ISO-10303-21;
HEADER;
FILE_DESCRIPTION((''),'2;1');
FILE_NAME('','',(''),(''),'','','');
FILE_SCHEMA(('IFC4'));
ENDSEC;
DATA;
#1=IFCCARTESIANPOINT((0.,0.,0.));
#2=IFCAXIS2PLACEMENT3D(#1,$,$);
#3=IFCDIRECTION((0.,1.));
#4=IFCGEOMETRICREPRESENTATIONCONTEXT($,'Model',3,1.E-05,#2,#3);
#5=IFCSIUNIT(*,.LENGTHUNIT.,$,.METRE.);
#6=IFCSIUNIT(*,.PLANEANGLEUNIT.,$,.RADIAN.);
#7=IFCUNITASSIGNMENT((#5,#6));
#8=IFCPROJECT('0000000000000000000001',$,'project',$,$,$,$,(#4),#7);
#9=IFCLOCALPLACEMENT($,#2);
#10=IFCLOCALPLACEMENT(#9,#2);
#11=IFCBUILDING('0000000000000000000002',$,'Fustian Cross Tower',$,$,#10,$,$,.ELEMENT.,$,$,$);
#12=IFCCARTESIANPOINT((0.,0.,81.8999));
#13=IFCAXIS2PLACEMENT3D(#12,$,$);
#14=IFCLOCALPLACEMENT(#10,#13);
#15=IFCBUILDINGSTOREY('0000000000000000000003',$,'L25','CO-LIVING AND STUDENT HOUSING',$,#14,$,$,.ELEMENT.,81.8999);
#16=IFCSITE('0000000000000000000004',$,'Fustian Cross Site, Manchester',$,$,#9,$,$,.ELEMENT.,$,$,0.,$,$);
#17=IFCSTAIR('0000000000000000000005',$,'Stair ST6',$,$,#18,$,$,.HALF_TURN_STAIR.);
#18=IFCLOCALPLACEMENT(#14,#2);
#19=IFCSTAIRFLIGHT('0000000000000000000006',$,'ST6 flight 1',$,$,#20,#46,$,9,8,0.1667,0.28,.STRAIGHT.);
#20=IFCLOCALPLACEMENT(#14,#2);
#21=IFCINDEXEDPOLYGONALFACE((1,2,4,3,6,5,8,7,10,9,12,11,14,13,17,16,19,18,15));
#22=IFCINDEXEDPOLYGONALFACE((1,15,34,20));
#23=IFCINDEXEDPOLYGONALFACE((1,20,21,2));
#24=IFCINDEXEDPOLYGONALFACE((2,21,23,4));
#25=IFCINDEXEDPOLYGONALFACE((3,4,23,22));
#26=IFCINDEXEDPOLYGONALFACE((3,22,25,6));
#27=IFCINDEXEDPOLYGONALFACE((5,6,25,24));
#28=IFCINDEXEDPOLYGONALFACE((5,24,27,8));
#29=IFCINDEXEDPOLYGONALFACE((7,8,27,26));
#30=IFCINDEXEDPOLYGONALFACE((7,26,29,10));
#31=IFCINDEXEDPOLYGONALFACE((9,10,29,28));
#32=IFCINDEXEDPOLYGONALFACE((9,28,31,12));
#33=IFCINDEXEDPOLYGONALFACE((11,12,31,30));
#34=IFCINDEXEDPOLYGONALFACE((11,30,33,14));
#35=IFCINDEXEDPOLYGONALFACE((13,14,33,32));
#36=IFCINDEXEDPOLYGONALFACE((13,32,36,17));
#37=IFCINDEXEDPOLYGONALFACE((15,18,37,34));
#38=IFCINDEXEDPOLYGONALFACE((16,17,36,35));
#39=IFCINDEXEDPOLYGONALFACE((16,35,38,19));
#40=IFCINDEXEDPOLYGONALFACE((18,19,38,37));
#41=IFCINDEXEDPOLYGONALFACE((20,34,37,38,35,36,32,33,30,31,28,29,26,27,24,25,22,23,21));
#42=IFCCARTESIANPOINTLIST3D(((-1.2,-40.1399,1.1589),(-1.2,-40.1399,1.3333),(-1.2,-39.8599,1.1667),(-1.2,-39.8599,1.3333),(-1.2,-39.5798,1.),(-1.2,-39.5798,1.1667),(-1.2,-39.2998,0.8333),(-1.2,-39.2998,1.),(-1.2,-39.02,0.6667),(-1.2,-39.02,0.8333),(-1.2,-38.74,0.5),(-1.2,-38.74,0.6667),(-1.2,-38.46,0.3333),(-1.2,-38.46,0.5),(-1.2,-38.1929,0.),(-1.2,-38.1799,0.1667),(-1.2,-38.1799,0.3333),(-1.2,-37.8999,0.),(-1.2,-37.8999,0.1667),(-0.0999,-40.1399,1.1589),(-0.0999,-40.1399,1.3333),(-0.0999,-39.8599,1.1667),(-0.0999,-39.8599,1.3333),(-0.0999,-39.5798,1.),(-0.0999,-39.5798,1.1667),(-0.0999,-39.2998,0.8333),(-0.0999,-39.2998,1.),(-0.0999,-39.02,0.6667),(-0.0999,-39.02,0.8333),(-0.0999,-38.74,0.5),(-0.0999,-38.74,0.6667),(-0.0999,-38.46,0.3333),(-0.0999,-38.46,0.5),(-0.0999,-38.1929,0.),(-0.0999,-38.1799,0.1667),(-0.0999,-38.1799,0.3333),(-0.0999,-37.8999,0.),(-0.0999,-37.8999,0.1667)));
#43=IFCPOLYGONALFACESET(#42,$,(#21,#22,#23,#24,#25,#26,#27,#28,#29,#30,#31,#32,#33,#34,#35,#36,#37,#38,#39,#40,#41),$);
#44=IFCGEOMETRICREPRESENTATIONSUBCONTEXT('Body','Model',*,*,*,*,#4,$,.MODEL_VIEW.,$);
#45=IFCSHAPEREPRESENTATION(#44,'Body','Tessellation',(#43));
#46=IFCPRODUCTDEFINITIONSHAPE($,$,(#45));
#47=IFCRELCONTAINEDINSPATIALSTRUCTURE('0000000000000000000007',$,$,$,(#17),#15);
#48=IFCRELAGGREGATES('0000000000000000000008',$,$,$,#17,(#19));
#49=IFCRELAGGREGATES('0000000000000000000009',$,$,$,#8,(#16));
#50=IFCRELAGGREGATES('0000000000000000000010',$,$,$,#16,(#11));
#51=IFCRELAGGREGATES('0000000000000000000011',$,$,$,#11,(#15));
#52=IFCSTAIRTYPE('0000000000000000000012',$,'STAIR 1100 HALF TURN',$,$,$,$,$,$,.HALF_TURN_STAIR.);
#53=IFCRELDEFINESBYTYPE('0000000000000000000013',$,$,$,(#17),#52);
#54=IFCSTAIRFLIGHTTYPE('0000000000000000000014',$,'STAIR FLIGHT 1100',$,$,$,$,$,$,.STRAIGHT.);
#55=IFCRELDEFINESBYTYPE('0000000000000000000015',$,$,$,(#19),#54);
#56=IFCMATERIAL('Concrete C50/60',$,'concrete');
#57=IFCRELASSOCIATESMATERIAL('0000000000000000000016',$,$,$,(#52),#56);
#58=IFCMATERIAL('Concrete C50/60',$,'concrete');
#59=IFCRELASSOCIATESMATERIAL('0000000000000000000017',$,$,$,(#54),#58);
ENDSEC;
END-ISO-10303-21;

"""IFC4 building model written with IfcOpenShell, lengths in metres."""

from ifc_helpers import new_model, si_unit, direction, frame, origin, place, context, subcontext, project, spatial, polyline, outline, extrude, material, type_object, element, aggregate, save


model = new_model("IFC4")

# Units and contexts
model_context = context("Model", 3, precision=1e-05, world=origin(), true_north=direction((0.0, 1.0)))
body_context = subcontext(model_context, "Body", "Model", "MODEL_VIEW")
ifc_project = project(units=[si_unit("LENGTHUNIT", "METRE"), si_unit("PLANEANGLEUNIT", "RADIAN")], contexts=[model_context])

# Site, building, storey
site_placement = place(None, origin())
site = spatial("IfcSite", under=ifc_project, at=site_placement, Name="Fustian Cross Site, Manchester", CompositionType="ELEMENT", RefElevation=0.0)
building_placement = place(site_placement, origin())
building = spatial("IfcBuilding", under=site, at=building_placement, Name="Fustian Cross Tower", CompositionType="ELEMENT")
storey_placement = place(building_placement, frame((0.0, 0.0, 81.8999)))
storey = spatial("IfcBuildingStorey", under=building, at=storey_placement, Name="L25", Description="CO-LIVING AND STUDENT HOUSING", CompositionType="ELEMENT", Elevation=81.8999)

# Stair, stair flight
ifc_material_1 = material(Name="Concrete C50/60", Category="concrete")
stair_type = type_object("IfcStairType", Name="STAIR 1100 HALF TURN", PredefinedType="HALF_TURN_STAIR", material=ifc_material_1)
stair_placement = place(storey_placement, origin())
stair = element("IfcStair", 1, at=stair_placement, inside=storey, type_object=stair_type, Name="Stair ST6", PredefinedType="HALF_TURN_STAIR")
ifc_material_2 = material(Name="Concrete C50/60", Category="concrete")
stair_flight_type = type_object("IfcStairFlightType", Name="STAIR FLIGHT 1100", PredefinedType="STRAIGHT", material=ifc_material_2)
stair_flight_placement = place(storey_placement, frame((-0.6499, -37.8999, 0.0), z_axis=(0.0, 0.0, 1.0), x_axis=(0.0, -1.0, 0.0)))
stair_flight = element("IfcStairFlight", 2, at=stair_flight_placement, type_object=stair_flight_type, Name="ST6 flight 1", NumberOfRisers=9, NumberOfTreads=8, PredefinedType="STRAIGHT", RiserHeight=0.1667, TreadLength=0.28, context=body_context, shape_type="SweptSolid", body=[
    extrude(outline(polyline([(0.0, 0.0), (0.0, 0.1667), (0.28, 0.1667), (0.28, 0.3333), (0.5601, 0.3333), (0.5601, 0.5), (0.8401, 0.5), (0.8401, 0.6667), (1.1201, 0.6667), (1.1201, 0.8333), (1.3999, 0.8333), (1.3999, 1.0), (1.6799, 1.0), (1.6799, 1.1667), (1.96, 1.1667), (1.96, 1.3333), (2.24, 1.3333), (2.24, 1.5), (2.24, 1.1589), (0.293, 0.0), (0.0, 0.0)])), frame((0.0, 0.55, 0.0), z_axis=(0.0, -1.0, 0.0), x_axis=(1.0, 0.0, 0.0)), (0.0, 0.0, 1.0), 1.1001),
])
aggregate(stair, [stair_flight])

save(model, "model.ifc")
